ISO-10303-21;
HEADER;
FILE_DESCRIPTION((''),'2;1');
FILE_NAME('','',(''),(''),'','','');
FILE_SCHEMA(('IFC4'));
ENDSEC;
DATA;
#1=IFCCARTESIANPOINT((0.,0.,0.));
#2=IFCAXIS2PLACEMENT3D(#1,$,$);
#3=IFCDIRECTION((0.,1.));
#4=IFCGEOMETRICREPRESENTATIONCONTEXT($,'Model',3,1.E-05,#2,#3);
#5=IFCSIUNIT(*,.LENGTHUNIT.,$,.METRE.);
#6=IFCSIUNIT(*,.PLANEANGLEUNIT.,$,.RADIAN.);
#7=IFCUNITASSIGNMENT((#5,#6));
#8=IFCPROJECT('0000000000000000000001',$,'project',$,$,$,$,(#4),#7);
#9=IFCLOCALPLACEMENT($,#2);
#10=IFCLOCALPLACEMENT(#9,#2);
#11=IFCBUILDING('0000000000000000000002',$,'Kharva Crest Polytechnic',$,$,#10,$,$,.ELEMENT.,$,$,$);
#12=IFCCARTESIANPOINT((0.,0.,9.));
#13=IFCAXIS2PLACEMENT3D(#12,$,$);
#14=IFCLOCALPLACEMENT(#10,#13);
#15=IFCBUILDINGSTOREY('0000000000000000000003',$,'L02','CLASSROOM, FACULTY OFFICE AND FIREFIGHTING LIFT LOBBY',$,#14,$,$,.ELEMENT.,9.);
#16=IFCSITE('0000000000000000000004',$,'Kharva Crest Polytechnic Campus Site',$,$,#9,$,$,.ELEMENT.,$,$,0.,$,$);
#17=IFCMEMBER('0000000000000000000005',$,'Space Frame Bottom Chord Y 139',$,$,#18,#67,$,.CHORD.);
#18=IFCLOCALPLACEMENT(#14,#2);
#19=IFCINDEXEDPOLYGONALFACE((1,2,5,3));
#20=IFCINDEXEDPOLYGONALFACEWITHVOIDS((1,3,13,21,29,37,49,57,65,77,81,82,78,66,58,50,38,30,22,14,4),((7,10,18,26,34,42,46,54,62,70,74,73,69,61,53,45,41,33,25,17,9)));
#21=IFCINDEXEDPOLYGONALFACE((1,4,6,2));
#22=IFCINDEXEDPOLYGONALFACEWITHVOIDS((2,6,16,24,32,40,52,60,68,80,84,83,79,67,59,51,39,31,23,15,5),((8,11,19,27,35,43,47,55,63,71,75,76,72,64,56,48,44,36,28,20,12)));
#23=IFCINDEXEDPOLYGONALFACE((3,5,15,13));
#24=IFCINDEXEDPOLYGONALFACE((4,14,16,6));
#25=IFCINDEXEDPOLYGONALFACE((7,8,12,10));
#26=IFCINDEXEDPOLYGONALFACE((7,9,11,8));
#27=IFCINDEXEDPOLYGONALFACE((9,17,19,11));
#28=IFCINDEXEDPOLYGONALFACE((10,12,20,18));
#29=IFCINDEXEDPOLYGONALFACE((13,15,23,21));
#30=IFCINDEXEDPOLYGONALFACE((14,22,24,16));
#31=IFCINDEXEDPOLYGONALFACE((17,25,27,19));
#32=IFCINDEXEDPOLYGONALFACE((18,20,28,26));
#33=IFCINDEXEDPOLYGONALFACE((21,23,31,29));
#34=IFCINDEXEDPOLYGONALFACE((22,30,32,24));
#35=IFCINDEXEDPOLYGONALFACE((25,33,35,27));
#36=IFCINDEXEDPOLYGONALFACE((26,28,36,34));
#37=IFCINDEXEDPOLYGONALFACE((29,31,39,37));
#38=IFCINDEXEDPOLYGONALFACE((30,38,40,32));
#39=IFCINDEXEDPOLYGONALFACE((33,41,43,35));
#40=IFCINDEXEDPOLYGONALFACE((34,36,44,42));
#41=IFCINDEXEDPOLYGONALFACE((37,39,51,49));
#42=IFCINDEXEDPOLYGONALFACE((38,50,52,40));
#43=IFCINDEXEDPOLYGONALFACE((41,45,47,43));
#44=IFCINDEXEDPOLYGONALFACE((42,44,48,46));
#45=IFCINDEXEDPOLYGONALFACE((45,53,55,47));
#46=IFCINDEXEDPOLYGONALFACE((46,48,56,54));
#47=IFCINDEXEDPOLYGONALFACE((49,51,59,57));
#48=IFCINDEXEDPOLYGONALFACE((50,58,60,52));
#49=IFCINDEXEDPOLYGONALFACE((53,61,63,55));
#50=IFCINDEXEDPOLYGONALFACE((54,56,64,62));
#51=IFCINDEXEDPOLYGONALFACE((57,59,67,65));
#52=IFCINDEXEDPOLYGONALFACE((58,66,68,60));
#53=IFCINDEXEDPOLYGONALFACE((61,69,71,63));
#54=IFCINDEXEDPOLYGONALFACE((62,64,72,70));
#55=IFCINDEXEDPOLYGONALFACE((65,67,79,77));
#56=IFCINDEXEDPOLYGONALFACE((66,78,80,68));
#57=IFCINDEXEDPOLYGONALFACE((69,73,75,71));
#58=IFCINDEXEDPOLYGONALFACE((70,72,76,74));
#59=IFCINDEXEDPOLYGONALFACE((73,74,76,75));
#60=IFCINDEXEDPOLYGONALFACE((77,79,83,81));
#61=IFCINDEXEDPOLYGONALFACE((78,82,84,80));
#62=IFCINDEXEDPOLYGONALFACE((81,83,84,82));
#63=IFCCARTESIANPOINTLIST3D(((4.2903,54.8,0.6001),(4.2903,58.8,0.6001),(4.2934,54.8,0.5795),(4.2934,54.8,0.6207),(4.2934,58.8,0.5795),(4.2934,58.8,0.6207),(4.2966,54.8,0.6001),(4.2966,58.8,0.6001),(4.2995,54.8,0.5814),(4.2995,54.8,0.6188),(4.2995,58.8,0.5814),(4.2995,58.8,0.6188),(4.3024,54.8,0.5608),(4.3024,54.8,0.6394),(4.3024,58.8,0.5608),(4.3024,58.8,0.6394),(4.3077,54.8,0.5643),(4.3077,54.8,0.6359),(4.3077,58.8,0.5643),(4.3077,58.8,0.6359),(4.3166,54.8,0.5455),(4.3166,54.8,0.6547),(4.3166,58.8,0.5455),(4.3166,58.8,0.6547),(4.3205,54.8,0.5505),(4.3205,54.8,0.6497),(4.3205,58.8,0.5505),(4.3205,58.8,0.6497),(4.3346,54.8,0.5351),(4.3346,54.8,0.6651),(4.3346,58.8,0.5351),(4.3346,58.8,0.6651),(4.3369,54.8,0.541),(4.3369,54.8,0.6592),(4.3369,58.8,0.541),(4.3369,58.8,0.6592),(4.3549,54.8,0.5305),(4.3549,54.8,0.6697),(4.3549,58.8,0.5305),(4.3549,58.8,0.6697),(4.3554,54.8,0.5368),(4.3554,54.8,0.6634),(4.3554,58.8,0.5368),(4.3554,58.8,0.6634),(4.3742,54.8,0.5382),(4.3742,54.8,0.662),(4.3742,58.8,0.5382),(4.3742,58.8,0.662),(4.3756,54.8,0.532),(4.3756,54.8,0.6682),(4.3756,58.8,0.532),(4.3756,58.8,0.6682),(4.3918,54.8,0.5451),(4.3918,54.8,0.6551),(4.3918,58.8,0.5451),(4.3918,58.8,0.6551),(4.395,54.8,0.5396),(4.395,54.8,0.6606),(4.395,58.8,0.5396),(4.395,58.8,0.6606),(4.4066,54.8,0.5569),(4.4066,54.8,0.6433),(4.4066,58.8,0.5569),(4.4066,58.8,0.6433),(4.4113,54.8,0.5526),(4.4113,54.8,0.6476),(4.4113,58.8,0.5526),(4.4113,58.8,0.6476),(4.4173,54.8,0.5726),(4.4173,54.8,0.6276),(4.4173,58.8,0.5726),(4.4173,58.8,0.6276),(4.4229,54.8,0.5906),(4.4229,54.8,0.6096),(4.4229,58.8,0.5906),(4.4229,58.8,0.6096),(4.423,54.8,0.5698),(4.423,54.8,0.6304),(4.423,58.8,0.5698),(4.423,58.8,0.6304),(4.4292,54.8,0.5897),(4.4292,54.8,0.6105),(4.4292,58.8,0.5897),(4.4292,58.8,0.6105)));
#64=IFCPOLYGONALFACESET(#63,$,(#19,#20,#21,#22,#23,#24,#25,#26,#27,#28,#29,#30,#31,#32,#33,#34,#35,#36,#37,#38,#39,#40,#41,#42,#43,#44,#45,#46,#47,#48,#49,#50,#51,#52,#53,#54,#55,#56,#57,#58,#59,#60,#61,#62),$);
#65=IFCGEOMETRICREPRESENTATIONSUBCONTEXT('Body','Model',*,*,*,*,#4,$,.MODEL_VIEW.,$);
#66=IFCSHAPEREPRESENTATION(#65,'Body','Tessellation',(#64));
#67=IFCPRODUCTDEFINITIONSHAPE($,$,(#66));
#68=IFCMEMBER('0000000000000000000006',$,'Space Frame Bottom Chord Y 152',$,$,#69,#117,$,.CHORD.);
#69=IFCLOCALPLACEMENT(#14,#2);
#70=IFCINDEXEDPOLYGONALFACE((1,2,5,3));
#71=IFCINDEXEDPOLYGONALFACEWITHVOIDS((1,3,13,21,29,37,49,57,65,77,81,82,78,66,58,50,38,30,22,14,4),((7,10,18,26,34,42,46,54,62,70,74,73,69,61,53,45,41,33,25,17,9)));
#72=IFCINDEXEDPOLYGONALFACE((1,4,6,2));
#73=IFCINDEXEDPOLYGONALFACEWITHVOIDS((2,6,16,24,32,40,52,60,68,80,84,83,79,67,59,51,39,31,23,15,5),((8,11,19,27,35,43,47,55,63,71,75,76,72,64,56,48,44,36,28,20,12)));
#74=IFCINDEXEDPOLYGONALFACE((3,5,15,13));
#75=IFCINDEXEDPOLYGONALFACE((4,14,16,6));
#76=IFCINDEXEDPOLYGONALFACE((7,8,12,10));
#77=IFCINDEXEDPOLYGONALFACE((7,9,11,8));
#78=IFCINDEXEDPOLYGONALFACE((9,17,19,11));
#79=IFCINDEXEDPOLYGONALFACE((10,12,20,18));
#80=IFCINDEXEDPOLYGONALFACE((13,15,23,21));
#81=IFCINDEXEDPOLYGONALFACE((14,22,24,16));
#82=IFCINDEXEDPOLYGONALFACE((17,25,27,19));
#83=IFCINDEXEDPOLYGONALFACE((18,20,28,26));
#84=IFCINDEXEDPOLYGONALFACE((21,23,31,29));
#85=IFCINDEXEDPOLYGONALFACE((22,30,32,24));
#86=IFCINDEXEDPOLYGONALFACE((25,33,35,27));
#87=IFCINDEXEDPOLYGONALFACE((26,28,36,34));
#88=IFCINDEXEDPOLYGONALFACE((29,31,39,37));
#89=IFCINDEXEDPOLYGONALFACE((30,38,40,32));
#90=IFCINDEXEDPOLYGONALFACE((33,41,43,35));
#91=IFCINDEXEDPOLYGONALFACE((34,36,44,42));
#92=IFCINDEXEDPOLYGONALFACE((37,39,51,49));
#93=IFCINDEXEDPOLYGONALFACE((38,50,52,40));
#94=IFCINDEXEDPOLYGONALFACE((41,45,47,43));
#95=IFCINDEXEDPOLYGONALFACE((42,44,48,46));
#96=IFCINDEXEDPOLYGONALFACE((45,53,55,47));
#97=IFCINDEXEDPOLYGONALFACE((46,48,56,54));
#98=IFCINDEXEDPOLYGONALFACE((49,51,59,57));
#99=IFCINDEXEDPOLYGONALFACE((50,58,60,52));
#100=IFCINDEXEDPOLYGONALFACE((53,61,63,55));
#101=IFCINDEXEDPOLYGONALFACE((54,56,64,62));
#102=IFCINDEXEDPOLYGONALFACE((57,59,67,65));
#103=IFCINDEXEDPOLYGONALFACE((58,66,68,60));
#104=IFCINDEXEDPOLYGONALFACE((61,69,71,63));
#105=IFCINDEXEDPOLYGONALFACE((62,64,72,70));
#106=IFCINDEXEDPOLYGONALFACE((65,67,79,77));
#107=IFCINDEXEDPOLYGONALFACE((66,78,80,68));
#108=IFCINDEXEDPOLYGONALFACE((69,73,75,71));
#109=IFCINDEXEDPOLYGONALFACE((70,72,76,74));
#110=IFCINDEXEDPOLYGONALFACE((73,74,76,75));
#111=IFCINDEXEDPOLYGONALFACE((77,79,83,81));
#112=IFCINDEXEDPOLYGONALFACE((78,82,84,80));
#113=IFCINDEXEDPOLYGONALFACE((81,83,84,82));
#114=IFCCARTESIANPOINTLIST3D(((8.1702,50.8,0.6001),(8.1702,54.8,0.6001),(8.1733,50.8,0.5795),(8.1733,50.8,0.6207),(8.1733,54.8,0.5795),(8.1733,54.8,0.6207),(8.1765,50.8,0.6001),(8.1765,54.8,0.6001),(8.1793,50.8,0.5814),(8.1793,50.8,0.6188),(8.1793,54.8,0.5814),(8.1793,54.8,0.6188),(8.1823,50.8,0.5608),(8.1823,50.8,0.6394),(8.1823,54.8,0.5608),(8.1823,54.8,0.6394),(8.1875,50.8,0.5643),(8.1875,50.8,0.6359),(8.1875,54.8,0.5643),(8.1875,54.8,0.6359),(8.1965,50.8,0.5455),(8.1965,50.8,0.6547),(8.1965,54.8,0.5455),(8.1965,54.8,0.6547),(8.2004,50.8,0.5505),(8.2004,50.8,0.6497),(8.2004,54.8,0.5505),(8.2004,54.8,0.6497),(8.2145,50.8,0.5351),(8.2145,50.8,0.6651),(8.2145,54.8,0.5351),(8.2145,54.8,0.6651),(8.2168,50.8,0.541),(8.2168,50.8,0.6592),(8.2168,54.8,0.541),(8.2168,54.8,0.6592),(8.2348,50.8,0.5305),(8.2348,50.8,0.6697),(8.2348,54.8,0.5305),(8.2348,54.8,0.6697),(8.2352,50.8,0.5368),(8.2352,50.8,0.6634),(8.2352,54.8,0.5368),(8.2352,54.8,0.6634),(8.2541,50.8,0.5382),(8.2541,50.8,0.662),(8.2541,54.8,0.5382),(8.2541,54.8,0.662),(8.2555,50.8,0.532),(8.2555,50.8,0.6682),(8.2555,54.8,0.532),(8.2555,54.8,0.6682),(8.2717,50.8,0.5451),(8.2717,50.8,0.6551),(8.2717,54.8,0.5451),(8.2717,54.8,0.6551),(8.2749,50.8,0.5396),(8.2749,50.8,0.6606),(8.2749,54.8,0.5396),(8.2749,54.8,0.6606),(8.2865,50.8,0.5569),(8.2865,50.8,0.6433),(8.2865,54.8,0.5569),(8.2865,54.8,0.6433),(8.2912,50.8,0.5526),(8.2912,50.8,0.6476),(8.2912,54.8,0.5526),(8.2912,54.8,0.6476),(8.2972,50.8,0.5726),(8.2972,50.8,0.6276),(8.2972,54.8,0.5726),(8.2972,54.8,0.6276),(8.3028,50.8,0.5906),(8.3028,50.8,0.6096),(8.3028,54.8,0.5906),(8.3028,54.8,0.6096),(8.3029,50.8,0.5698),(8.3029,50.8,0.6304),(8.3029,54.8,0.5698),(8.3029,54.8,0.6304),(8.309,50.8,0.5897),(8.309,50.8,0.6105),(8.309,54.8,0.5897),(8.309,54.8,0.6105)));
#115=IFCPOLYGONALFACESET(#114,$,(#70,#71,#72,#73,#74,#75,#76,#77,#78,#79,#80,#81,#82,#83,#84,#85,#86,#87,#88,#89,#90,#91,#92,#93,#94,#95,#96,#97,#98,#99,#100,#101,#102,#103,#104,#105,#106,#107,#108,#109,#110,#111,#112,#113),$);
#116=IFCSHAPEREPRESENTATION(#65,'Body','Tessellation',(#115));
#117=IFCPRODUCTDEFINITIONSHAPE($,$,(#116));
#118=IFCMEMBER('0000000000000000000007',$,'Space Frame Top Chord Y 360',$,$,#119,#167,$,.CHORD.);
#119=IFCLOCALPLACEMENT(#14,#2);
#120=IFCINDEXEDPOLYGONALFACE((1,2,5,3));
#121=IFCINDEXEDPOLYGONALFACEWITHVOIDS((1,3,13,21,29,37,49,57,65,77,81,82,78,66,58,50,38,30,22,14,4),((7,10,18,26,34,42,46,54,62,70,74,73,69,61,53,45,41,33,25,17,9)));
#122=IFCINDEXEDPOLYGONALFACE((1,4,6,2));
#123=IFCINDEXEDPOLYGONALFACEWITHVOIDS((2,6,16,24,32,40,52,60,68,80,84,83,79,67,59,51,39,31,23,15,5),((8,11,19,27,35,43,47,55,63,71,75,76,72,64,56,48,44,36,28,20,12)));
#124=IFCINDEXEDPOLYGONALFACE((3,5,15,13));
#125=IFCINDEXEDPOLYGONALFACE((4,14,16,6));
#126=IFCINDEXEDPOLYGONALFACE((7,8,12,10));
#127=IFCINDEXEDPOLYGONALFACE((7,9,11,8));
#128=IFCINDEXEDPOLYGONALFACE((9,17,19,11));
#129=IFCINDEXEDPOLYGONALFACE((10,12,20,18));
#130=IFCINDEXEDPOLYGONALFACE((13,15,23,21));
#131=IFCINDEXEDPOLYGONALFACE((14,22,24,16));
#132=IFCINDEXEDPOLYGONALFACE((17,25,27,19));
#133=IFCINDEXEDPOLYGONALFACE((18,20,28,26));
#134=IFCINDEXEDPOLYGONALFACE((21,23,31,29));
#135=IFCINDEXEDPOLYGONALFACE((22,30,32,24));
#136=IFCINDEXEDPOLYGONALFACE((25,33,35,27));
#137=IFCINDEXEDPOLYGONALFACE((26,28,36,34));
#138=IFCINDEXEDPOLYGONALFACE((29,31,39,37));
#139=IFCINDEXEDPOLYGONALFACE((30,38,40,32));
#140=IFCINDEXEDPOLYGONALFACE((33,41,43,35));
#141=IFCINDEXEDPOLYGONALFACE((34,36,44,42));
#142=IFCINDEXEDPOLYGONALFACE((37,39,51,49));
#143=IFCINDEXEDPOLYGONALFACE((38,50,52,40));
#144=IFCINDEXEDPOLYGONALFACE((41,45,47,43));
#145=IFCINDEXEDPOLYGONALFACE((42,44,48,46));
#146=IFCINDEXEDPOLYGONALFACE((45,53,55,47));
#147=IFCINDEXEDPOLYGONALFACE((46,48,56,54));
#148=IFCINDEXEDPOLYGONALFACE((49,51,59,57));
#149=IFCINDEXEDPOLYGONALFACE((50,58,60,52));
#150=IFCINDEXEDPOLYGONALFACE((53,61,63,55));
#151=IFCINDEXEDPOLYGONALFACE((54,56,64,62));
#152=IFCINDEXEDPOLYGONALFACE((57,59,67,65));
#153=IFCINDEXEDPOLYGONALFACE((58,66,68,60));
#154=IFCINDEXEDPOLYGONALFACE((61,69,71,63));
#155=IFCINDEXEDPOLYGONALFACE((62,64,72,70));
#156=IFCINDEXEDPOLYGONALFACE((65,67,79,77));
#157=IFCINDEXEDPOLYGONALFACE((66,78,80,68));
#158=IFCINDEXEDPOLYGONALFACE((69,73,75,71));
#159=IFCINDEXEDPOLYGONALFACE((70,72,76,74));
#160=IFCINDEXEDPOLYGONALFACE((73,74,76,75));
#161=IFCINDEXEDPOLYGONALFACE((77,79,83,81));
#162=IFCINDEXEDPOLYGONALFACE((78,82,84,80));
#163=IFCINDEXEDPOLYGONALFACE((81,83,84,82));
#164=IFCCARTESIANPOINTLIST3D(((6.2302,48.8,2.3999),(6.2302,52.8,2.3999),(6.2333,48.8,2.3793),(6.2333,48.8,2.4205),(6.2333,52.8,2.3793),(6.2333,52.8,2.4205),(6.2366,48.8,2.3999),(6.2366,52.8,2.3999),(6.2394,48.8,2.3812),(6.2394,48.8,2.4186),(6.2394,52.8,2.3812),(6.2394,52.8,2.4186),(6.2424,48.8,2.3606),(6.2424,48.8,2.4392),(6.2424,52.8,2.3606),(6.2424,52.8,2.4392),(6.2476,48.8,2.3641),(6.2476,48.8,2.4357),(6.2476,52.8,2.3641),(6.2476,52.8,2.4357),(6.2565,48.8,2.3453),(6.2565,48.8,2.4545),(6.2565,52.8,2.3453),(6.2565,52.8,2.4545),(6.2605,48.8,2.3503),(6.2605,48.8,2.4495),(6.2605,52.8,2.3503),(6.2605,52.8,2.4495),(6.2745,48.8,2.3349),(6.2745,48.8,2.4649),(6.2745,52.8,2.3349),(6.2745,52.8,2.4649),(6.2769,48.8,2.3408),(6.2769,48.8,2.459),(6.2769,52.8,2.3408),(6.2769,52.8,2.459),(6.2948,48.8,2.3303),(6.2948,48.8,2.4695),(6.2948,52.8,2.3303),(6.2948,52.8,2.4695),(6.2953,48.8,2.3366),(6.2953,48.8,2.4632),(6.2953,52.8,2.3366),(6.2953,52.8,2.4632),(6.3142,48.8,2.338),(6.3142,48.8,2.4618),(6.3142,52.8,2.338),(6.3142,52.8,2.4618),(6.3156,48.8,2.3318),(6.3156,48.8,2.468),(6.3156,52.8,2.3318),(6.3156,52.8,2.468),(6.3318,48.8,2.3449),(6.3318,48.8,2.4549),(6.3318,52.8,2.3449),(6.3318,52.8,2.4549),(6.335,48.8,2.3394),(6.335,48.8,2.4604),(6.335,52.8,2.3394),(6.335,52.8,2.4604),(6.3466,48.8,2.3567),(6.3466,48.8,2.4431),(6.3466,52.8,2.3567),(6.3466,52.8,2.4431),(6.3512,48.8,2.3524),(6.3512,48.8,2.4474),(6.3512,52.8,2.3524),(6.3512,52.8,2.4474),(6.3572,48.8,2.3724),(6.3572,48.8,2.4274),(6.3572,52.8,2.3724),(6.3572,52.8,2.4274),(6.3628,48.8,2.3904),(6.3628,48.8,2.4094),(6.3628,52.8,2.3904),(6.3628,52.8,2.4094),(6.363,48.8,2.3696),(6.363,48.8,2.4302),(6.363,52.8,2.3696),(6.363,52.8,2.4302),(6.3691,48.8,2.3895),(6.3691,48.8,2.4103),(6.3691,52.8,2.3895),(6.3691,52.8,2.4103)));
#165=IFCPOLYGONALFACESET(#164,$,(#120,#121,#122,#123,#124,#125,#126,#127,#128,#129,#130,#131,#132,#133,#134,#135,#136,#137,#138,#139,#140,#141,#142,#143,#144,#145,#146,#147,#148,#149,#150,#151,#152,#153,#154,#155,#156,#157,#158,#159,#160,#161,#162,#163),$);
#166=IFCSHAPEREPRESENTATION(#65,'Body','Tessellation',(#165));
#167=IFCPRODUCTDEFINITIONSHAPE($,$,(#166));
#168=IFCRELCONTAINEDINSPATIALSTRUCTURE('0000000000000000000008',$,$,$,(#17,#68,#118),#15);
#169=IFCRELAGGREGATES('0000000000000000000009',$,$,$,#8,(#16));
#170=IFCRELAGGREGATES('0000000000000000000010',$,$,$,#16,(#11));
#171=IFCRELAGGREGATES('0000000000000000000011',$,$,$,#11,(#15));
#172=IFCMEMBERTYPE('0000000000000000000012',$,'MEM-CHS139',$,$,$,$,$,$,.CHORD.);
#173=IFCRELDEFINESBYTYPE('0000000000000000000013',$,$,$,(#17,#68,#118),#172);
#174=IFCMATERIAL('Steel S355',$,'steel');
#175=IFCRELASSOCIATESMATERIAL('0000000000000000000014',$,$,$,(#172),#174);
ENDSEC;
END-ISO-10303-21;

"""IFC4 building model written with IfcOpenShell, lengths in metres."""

from ifc_helpers import new_model, si_unit, direction, frame, origin, origin_2d, place, context, subcontext, project, spatial, hollow_circle, extrude, material, material_profile, profile_set, type_object, element, save


model = new_model("IFC4")

# Units and contexts
model_context = context("Model", 3, precision=1e-05, world=origin(), true_north=direction((0.0, 1.0)))
body_context = subcontext(model_context, "Body", "Model", "MODEL_VIEW")
ifc_project = project(units=[si_unit("LENGTHUNIT", "METRE"), si_unit("PLANEANGLEUNIT", "RADIAN")], contexts=[model_context])

# Site, building, storey
site_placement = place(None, origin())
site = spatial("IfcSite", under=ifc_project, at=site_placement, Name="Kharva Crest Polytechnic Campus Site", CompositionType="ELEMENT", RefElevation=0.0)
building_placement = place(site_placement, origin())
building = spatial("IfcBuilding", under=site, at=building_placement, Name="Kharva Crest Polytechnic", CompositionType="ELEMENT")
storey_placement = place(building_placement, frame((0.0, 0.0, 9.0)))
storey = spatial("IfcBuildingStorey", under=building, at=storey_placement, Name="L02", Description="CLASSROOM, FACULTY OFFICE AND FIREFIGHTING LIFT LOBBY", CompositionType="ELEMENT", Elevation=9.0)

# Shared definitions
ifc_material_1 = material(Name="Steel S355", Category="steel")

# Members
ifc_material_profile_1 = material_profile(ifc_material_1, hollow_circle(Radius=0.0698, WallThickness=0.0063, at=origin_2d()), Name="CHS 139.7X6.3")
ifc_profile_set_1 = profile_set([ifc_material_profile_1], Name="Steel S355")
member_type_1 = type_object("IfcMemberType", Name="MEM-CHS139", PredefinedType="CHORD", material=ifc_profile_set_1)
for number, where, z_axis, x_axis, name in (
    (1, (4.3601, 54.8, 0.6001), (0.0, 1.0, 0.0), (-1.0, 0.0, 0.0), "Space Frame Bottom Chord Y 139"),
    (2, (8.24, 50.8, 0.6001), (0.0, 1.0, 0.0), (-1.0, 0.0, 0.0), "Space Frame Bottom Chord Y 152"),
    (3, (6.3, 48.8, 2.3999), (0.0, 1.0, 0.0), (-1.0, 0.0, 0.0), "Space Frame Top Chord Y 360"),
):
    element("IfcMember", number, at=place(storey_placement, frame(where, z_axis=z_axis, x_axis=x_axis)), inside=storey, type_object=member_type_1, Name=name, PredefinedType="CHORD", context=body_context, shape_type="SweptSolid", body=[
        extrude(hollow_circle(Radius=0.0698, WallThickness=0.0063, at=origin_2d()), origin(), (0.0, 0.0, 1.0), 4.0),
    ])

save(model, "model.ifc")
